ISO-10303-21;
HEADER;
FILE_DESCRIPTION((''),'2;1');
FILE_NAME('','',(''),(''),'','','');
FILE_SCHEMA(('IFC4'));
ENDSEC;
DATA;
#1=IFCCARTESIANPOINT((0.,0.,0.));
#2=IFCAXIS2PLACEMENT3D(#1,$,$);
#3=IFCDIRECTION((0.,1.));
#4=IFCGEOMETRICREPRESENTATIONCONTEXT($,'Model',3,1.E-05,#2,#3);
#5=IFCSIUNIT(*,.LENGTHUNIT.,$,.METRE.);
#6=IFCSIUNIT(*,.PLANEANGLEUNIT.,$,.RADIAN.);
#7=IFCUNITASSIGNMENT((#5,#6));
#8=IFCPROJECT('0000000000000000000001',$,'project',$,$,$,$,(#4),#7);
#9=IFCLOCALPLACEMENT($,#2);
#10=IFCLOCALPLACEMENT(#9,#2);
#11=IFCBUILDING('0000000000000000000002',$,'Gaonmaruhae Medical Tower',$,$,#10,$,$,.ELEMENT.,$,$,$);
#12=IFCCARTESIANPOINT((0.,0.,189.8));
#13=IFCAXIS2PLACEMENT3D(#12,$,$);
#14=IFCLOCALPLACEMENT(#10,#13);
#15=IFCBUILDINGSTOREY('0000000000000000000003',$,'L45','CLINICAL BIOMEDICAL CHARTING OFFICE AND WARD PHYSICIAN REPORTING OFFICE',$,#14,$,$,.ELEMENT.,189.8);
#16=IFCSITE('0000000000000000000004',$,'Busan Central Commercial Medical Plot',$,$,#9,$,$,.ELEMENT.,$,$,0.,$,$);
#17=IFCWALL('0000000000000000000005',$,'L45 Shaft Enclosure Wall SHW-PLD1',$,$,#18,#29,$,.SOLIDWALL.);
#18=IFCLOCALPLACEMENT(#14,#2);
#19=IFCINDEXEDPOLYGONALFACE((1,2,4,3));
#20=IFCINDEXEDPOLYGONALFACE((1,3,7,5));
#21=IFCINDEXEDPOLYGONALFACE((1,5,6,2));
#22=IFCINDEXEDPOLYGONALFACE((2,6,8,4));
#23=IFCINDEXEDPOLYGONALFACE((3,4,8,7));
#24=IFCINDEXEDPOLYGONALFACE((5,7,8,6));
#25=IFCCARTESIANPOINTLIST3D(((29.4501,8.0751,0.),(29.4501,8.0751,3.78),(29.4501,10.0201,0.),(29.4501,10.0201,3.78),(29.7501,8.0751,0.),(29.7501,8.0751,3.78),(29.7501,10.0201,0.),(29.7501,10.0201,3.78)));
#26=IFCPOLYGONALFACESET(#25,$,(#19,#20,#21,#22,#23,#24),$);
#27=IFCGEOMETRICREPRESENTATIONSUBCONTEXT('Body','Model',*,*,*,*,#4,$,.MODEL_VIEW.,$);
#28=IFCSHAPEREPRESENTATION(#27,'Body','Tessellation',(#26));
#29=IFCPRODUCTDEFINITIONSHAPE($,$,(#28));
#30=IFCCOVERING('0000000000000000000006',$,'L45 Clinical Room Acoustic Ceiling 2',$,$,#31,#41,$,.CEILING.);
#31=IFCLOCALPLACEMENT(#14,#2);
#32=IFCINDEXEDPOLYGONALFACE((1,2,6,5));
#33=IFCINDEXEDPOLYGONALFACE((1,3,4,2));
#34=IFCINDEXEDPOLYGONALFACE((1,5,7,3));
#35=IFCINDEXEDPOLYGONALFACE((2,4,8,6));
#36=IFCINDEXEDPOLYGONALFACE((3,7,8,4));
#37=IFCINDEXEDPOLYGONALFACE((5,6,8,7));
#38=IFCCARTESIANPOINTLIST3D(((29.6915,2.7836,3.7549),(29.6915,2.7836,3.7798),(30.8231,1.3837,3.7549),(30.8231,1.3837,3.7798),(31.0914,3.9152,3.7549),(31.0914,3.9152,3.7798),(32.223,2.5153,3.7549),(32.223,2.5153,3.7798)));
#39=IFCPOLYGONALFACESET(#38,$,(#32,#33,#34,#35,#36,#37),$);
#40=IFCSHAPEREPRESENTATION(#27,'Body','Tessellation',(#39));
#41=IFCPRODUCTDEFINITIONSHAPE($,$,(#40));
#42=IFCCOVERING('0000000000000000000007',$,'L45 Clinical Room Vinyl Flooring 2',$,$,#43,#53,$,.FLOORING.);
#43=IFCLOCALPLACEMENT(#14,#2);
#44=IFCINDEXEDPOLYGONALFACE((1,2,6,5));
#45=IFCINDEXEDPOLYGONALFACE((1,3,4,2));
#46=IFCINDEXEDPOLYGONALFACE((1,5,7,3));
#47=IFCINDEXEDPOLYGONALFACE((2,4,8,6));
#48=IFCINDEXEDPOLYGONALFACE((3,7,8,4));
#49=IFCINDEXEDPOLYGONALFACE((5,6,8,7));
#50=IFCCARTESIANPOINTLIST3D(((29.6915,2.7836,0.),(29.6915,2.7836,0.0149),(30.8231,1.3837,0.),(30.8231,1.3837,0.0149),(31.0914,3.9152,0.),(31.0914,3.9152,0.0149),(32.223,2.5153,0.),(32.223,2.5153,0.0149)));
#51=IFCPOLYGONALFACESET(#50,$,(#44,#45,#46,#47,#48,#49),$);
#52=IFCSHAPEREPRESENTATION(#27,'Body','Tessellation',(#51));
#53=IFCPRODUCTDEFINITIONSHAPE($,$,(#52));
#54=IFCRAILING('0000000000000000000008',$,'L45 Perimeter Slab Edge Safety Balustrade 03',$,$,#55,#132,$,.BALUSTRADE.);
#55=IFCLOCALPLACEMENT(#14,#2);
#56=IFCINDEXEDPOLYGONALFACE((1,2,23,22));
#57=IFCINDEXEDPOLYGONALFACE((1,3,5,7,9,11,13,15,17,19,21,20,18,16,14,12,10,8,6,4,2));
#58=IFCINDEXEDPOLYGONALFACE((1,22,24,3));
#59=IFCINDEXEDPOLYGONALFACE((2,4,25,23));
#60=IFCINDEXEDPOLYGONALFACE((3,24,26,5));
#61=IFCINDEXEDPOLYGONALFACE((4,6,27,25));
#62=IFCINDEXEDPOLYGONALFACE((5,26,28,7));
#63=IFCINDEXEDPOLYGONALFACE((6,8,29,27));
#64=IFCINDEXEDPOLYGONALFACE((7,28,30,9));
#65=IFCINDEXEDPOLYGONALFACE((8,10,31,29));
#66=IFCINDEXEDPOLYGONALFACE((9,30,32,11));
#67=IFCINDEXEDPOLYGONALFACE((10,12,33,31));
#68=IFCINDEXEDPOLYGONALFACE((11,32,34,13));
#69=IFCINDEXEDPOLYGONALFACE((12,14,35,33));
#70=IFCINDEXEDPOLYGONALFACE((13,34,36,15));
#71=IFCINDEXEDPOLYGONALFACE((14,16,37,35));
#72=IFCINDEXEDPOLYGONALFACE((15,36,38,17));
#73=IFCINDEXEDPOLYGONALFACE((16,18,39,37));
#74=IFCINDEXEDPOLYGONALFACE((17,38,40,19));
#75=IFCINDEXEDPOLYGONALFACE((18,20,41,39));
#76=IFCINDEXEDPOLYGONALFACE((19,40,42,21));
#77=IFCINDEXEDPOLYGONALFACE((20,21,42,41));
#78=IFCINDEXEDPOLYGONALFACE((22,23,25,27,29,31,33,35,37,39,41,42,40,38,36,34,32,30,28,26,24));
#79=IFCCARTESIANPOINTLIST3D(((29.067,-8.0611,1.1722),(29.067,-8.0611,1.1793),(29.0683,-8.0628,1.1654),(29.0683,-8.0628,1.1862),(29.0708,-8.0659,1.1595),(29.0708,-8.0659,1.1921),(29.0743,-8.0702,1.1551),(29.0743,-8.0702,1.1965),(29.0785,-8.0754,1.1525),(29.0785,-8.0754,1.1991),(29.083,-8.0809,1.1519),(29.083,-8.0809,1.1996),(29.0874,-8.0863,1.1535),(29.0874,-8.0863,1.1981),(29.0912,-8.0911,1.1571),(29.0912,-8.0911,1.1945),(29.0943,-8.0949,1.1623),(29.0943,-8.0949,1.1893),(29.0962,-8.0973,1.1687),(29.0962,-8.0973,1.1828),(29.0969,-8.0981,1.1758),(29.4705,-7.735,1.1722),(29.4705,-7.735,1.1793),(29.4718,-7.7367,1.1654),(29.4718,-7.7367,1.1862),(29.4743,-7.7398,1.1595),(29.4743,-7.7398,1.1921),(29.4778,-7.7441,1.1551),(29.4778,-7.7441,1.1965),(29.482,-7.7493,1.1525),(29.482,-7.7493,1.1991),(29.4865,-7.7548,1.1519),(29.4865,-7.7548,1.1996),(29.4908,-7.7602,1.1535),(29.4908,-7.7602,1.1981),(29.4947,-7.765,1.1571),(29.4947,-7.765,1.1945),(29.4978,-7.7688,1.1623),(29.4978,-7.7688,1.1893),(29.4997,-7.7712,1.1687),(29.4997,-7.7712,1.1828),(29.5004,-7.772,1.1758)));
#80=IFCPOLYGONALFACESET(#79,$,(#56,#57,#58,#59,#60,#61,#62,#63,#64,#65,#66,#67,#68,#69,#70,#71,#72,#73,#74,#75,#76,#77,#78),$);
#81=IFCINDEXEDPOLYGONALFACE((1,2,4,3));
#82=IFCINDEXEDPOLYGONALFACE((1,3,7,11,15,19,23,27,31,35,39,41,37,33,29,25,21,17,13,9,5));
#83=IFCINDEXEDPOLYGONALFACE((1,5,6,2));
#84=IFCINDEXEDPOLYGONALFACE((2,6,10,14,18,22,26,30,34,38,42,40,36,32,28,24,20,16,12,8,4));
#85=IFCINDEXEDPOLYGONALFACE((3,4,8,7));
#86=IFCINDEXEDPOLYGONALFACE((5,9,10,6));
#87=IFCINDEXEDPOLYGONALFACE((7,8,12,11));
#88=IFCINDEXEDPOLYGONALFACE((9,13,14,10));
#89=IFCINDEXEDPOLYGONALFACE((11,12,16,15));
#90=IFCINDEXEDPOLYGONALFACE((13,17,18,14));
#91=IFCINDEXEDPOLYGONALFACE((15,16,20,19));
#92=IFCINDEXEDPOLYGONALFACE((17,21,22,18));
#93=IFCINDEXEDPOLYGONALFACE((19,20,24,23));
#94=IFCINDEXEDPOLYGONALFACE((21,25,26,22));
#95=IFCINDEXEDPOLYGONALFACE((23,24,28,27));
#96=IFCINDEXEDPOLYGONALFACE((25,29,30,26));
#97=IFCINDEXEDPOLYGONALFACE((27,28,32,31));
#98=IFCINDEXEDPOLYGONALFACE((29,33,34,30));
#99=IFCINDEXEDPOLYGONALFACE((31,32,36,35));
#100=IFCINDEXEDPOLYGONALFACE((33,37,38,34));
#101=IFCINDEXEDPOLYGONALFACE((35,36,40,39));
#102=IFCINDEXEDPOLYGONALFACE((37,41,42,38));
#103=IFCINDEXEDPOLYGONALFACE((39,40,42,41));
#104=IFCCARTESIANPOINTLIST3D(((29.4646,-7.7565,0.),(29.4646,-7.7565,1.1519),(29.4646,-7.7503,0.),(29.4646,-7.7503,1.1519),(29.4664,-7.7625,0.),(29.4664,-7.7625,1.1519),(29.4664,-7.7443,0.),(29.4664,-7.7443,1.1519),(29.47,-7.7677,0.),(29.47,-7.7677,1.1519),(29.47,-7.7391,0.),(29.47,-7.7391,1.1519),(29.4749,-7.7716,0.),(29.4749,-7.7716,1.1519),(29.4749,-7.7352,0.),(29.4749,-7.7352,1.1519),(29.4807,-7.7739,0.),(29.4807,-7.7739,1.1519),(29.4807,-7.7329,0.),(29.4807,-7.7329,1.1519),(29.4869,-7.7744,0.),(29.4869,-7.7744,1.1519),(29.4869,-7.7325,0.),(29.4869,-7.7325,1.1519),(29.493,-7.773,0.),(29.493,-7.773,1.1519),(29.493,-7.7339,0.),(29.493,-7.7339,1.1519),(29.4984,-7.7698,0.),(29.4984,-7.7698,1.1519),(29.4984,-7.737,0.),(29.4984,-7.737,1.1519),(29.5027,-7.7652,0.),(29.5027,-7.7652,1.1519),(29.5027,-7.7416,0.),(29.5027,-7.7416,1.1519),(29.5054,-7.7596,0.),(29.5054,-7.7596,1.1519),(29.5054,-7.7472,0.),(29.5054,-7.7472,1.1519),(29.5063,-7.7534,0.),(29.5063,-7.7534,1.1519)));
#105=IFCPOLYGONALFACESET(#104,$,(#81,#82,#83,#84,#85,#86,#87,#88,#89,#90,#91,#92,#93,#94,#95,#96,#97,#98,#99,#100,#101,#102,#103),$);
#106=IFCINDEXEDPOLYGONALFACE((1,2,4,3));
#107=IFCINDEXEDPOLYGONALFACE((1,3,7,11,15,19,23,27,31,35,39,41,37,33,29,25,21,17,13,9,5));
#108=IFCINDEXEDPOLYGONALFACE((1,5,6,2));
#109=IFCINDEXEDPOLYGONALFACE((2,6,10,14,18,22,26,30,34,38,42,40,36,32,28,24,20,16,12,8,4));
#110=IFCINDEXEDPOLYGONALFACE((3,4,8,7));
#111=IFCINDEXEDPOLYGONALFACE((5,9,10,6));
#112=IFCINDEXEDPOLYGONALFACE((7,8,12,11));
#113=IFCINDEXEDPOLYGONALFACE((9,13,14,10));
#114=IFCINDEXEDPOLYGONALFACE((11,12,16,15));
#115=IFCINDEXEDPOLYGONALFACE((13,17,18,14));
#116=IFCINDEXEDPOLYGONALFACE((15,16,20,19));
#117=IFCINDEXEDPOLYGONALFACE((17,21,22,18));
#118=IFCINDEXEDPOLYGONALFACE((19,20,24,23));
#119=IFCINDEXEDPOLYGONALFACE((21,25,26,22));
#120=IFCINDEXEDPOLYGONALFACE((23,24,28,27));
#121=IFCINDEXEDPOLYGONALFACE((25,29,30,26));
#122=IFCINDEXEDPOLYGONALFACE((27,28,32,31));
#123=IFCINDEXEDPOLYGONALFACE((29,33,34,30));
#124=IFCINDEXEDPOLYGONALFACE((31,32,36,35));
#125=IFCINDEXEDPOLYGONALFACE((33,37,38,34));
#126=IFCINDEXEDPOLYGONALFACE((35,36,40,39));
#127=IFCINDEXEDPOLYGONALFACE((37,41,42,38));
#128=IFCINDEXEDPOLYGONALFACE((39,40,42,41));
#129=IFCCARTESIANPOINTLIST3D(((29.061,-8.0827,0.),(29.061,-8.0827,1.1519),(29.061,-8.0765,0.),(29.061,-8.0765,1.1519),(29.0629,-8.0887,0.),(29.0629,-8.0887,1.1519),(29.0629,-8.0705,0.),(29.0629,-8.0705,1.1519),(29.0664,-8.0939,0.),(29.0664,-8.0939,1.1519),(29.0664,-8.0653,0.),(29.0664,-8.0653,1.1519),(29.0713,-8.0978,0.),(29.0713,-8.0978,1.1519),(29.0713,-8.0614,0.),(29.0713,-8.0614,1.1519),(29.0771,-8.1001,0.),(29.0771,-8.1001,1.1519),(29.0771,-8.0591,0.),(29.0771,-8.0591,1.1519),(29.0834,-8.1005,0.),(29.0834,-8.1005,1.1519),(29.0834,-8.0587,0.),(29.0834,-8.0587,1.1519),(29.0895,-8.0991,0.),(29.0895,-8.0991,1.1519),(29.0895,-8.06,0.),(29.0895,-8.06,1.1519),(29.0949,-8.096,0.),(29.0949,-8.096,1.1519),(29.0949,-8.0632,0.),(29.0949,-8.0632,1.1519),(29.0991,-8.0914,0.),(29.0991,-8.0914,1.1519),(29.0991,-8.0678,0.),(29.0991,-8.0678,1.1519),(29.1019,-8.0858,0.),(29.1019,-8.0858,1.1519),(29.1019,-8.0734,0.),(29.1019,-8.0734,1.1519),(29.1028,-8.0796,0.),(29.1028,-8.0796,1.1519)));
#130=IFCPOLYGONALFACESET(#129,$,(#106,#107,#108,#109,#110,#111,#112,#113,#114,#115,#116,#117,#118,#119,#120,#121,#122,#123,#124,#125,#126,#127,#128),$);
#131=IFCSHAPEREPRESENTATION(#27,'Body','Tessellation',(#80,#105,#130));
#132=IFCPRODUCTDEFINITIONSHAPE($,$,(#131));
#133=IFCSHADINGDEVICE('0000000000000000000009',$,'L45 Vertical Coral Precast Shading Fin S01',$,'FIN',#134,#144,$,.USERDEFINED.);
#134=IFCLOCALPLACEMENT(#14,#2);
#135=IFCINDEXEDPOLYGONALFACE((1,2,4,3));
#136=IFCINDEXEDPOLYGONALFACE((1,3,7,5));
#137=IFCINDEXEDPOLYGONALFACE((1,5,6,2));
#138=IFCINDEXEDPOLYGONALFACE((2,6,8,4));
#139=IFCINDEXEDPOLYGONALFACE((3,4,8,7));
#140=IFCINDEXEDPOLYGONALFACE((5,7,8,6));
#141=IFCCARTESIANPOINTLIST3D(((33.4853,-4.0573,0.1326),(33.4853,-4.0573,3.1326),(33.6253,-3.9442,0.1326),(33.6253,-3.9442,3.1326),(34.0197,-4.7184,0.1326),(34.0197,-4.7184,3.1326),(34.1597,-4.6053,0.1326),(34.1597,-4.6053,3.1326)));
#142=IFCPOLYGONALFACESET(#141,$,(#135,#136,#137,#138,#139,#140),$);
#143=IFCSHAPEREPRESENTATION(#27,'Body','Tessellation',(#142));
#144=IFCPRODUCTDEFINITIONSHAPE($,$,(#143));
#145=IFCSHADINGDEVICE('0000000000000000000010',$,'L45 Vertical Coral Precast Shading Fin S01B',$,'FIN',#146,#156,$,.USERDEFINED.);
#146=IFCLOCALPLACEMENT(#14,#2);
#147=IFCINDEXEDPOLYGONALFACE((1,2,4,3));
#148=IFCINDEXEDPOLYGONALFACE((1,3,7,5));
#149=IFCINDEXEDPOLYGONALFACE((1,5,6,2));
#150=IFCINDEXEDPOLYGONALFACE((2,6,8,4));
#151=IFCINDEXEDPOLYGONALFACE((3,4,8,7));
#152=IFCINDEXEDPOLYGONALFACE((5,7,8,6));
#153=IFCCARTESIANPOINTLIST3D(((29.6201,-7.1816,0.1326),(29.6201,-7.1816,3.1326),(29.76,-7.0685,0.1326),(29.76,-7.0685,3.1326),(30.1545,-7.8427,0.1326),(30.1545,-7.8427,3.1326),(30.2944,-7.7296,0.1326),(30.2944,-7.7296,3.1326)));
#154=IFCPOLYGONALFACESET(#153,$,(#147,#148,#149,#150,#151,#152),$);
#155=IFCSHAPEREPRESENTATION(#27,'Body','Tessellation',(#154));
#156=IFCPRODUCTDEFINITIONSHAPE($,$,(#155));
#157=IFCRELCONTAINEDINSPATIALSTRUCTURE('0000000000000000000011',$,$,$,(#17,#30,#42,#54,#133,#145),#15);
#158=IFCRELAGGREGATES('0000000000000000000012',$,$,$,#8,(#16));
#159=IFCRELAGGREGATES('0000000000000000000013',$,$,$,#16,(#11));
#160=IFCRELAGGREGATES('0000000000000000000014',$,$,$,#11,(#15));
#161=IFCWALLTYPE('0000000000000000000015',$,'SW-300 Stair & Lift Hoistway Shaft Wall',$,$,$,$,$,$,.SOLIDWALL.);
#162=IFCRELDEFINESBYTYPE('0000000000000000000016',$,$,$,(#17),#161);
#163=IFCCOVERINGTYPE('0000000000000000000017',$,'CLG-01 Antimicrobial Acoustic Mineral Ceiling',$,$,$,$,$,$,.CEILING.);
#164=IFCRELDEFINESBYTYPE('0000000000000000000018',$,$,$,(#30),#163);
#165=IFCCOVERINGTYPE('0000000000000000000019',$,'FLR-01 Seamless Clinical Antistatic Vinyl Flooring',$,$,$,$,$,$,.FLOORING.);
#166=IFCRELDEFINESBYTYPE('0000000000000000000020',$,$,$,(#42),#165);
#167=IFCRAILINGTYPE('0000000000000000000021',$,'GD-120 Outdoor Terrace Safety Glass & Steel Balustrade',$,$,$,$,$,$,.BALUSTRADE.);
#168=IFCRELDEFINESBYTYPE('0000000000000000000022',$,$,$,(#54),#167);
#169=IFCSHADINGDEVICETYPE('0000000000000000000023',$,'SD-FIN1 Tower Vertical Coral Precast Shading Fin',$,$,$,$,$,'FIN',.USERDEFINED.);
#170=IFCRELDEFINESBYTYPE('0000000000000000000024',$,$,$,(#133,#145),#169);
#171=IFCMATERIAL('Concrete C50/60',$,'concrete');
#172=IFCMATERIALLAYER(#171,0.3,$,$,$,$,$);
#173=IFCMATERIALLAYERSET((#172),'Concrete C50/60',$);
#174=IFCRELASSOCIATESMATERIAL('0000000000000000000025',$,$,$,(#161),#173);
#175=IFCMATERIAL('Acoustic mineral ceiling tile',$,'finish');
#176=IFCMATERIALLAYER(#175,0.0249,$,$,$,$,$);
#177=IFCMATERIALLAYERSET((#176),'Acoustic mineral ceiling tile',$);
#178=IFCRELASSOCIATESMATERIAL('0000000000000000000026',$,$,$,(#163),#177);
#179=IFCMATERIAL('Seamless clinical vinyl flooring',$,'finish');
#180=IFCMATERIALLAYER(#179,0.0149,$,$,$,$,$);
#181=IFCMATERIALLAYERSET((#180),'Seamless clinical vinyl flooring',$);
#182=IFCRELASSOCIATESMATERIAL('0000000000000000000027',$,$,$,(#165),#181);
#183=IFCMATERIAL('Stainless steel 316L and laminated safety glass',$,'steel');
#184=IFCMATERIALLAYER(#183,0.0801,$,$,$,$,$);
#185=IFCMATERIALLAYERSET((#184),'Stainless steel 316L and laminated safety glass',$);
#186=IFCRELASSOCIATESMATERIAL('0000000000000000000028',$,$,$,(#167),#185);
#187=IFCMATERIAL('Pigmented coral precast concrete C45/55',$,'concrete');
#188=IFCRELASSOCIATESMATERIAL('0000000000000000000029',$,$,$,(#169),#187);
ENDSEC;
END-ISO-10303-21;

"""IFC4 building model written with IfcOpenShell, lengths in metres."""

from ifc_helpers import new_model, si_unit, direction, frame, frame_2d, origin, origin_2d, place, context, subcontext, project, spatial, rectangle, circle, extrude, material, layer, layer_set, type_object, element, save


model = new_model("IFC4")

# Units and contexts
model_context = context("Model", 3, precision=1e-05, world=origin(), true_north=direction((0.0, 1.0)))
body_context = subcontext(model_context, "Body", "Model", "MODEL_VIEW")
ifc_project = project(units=[si_unit("LENGTHUNIT", "METRE"), si_unit("PLANEANGLEUNIT", "RADIAN")], contexts=[model_context])

# Site, building, storey
site_placement = place(None, origin())
site = spatial("IfcSite", under=ifc_project, at=site_placement, Name="Busan Central Commercial Medical Plot", CompositionType="ELEMENT", RefElevation=0.0)
building_placement = place(site_placement, origin())
building = spatial("IfcBuilding", under=site, at=building_placement, Name="Gaonmaruhae Medical Tower", CompositionType="ELEMENT")
storey_placement = place(building_placement, frame((0.0, 0.0, 189.8)))
storey = spatial("IfcBuildingStorey", under=building, at=storey_placement, Name="L45", Description="CLINICAL BIOMEDICAL CHARTING OFFICE AND WARD PHYSICIAN REPORTING OFFICE", CompositionType="ELEMENT", Elevation=189.8)

# Shared definitions
ifc_material_1 = material(Name="Concrete C50/60", Category="concrete")

# Wall
ifc_layer_1 = layer(ifc_material_1, 0.3)
ifc_layer_set_1 = layer_set([ifc_layer_1], Name="Concrete C50/60")
wall_type_1 = type_object("IfcWallType", Name="SW-300 Stair & Lift Hoistway Shaft Wall", PredefinedType="SOLIDWALL", material=ifc_layer_set_1)
wall_1_placement = place(storey_placement, frame((29.6001, 8.075, 0.0), z_axis=(0.0, 0.0, 1.0), x_axis=(0.0, 1.0, 0.0)))
element("IfcWall", 1, at=wall_1_placement, inside=storey, type_object=wall_type_1, Name="L45 Shaft Enclosure Wall SHW-PLD1", PredefinedType="SOLIDWALL", context=body_context, shape_type="SweptSolid", body=[
    extrude(rectangle(XDim=1.9451, YDim=0.3, at=frame_2d((0.9727, 0.0))), origin(), (0.0, 0.0, 1.0), 3.78),
])

# Coverings
ifc_material_2 = material(Name="Acoustic mineral ceiling tile", Category="finish")
ifc_layer_2 = layer(ifc_material_2, 0.0249)
ifc_layer_set_2 = layer_set([ifc_layer_2], Name="Acoustic mineral ceiling tile")
covering_type_1 = type_object("IfcCoveringType", Name="CLG-01 Antimicrobial Acoustic Mineral Ceiling", PredefinedType="CEILING", material=ifc_layer_set_2)
covering_1_placement = place(storey_placement, frame((30.9573, 2.6494, 3.7549), z_axis=(0.0, 0.0, 1.0), x_axis=(0.777695, 0.628642, 0.0)))
element("IfcCovering", 2, at=covering_1_placement, inside=storey, type_object=covering_type_1, Name="L45 Clinical Room Acoustic Ceiling 2", PredefinedType="CEILING", context=body_context, shape_type="SweptSolid", body=[
    extrude(rectangle(XDim=1.8, YDim=1.8, at=origin_2d()), origin(), (0.0, 0.0, 1.0), 0.0249),
])
ifc_material_3 = material(Name="Seamless clinical vinyl flooring", Category="finish")
ifc_layer_3 = layer(ifc_material_3, 0.0149)
ifc_layer_set_3 = layer_set([ifc_layer_3], Name="Seamless clinical vinyl flooring")
covering_type_2 = type_object("IfcCoveringType", Name="FLR-01 Seamless Clinical Antistatic Vinyl Flooring", PredefinedType="FLOORING", material=ifc_layer_set_3)
covering_2_placement = place(storey_placement, frame((30.9573, 2.6494, 0.0), z_axis=(0.0, 0.0, 1.0), x_axis=(0.777695, 0.628642, 0.0)))
element("IfcCovering", 3, at=covering_2_placement, inside=storey, type_object=covering_type_2, Name="L45 Clinical Room Vinyl Flooring 2", PredefinedType="FLOORING", context=body_context, shape_type="SweptSolid", body=[
    extrude(rectangle(XDim=1.8, YDim=1.8, at=origin_2d()), origin(), (0.0, 0.0, 1.0), 0.0149),
])

# Railing
ifc_material_4 = material(Name="Stainless steel 316L and laminated safety glass", Category="steel")
ifc_layer_4 = layer(ifc_material_4, 0.0801)
ifc_layer_set_4 = layer_set([ifc_layer_4], Name="Stainless steel 316L and laminated safety glass")
railing_type = type_object("IfcRailingType", Name="GD-120 Outdoor Terrace Safety Glass & Steel Balustrade", PredefinedType="BALUSTRADE", material=ifc_layer_set_4)
railing_placement = place(storey_placement, frame((29.4854, -7.7534, 0.0)))
element("IfcRailing", 4, at=railing_placement, inside=storey, type_object=railing_type, Name="L45 Perimeter Slab Edge Safety Balustrade 03", PredefinedType="BALUSTRADE", context=body_context, shape_type="SweptSolid", body=[
    extrude(circle(Radius=0.0239, at=origin_2d()), frame((0.0, 0.0, 1.1758), z_axis=(-0.777738, -0.628589, 0.0), x_axis=(0.628589, -0.777738, 0.0)), (0.0, 0.0, 1.0), 0.5188),
    extrude(circle(Radius=0.021, at=origin_2d()), origin(), (0.0, 0.0, 1.0), 1.1519),
    extrude(circle(Radius=0.021, at=origin_2d()), frame((-0.4036, -0.3262, 0.0)), (0.0, 0.0, 1.0), 1.1519),
])

# Shading devices
ifc_material_5 = material(Name="Pigmented coral precast concrete C45/55", Category="concrete")
shading_device_type = type_object("IfcShadingDeviceType", Name="SD-FIN1 Tower Vertical Coral Precast Shading Fin", ElementType="FIN", PredefinedType="USERDEFINED", material=ifc_material_5)
for number, where, z_axis, x_axis, name in (
    (5, (33.8225, -4.3313, 0.1326), (0.0, 0.0, 1.0), (-0.777695, -0.628642, 0.0), "L45 Vertical Coral Precast Shading Fin S01"),
    (6, (29.9573, -7.4556, 0.1326), (0.0, 0.0, 1.0), (-0.777695, -0.628642, 0.0), "L45 Vertical Coral Precast Shading Fin S01B"),
):
    element("IfcShadingDevice", number, at=place(storey_placement, frame(where, z_axis=z_axis, x_axis=x_axis)), inside=storey, type_object=shading_device_type, Name=name, ObjectType="FIN", PredefinedType="USERDEFINED", context=body_context, shape_type="SweptSolid", body=[
        extrude(rectangle(XDim=0.1799, YDim=0.8501, at=origin_2d()), origin(), (0.0, 0.0, 1.0), 3.0),
    ])

save(model, "model.ifc")
